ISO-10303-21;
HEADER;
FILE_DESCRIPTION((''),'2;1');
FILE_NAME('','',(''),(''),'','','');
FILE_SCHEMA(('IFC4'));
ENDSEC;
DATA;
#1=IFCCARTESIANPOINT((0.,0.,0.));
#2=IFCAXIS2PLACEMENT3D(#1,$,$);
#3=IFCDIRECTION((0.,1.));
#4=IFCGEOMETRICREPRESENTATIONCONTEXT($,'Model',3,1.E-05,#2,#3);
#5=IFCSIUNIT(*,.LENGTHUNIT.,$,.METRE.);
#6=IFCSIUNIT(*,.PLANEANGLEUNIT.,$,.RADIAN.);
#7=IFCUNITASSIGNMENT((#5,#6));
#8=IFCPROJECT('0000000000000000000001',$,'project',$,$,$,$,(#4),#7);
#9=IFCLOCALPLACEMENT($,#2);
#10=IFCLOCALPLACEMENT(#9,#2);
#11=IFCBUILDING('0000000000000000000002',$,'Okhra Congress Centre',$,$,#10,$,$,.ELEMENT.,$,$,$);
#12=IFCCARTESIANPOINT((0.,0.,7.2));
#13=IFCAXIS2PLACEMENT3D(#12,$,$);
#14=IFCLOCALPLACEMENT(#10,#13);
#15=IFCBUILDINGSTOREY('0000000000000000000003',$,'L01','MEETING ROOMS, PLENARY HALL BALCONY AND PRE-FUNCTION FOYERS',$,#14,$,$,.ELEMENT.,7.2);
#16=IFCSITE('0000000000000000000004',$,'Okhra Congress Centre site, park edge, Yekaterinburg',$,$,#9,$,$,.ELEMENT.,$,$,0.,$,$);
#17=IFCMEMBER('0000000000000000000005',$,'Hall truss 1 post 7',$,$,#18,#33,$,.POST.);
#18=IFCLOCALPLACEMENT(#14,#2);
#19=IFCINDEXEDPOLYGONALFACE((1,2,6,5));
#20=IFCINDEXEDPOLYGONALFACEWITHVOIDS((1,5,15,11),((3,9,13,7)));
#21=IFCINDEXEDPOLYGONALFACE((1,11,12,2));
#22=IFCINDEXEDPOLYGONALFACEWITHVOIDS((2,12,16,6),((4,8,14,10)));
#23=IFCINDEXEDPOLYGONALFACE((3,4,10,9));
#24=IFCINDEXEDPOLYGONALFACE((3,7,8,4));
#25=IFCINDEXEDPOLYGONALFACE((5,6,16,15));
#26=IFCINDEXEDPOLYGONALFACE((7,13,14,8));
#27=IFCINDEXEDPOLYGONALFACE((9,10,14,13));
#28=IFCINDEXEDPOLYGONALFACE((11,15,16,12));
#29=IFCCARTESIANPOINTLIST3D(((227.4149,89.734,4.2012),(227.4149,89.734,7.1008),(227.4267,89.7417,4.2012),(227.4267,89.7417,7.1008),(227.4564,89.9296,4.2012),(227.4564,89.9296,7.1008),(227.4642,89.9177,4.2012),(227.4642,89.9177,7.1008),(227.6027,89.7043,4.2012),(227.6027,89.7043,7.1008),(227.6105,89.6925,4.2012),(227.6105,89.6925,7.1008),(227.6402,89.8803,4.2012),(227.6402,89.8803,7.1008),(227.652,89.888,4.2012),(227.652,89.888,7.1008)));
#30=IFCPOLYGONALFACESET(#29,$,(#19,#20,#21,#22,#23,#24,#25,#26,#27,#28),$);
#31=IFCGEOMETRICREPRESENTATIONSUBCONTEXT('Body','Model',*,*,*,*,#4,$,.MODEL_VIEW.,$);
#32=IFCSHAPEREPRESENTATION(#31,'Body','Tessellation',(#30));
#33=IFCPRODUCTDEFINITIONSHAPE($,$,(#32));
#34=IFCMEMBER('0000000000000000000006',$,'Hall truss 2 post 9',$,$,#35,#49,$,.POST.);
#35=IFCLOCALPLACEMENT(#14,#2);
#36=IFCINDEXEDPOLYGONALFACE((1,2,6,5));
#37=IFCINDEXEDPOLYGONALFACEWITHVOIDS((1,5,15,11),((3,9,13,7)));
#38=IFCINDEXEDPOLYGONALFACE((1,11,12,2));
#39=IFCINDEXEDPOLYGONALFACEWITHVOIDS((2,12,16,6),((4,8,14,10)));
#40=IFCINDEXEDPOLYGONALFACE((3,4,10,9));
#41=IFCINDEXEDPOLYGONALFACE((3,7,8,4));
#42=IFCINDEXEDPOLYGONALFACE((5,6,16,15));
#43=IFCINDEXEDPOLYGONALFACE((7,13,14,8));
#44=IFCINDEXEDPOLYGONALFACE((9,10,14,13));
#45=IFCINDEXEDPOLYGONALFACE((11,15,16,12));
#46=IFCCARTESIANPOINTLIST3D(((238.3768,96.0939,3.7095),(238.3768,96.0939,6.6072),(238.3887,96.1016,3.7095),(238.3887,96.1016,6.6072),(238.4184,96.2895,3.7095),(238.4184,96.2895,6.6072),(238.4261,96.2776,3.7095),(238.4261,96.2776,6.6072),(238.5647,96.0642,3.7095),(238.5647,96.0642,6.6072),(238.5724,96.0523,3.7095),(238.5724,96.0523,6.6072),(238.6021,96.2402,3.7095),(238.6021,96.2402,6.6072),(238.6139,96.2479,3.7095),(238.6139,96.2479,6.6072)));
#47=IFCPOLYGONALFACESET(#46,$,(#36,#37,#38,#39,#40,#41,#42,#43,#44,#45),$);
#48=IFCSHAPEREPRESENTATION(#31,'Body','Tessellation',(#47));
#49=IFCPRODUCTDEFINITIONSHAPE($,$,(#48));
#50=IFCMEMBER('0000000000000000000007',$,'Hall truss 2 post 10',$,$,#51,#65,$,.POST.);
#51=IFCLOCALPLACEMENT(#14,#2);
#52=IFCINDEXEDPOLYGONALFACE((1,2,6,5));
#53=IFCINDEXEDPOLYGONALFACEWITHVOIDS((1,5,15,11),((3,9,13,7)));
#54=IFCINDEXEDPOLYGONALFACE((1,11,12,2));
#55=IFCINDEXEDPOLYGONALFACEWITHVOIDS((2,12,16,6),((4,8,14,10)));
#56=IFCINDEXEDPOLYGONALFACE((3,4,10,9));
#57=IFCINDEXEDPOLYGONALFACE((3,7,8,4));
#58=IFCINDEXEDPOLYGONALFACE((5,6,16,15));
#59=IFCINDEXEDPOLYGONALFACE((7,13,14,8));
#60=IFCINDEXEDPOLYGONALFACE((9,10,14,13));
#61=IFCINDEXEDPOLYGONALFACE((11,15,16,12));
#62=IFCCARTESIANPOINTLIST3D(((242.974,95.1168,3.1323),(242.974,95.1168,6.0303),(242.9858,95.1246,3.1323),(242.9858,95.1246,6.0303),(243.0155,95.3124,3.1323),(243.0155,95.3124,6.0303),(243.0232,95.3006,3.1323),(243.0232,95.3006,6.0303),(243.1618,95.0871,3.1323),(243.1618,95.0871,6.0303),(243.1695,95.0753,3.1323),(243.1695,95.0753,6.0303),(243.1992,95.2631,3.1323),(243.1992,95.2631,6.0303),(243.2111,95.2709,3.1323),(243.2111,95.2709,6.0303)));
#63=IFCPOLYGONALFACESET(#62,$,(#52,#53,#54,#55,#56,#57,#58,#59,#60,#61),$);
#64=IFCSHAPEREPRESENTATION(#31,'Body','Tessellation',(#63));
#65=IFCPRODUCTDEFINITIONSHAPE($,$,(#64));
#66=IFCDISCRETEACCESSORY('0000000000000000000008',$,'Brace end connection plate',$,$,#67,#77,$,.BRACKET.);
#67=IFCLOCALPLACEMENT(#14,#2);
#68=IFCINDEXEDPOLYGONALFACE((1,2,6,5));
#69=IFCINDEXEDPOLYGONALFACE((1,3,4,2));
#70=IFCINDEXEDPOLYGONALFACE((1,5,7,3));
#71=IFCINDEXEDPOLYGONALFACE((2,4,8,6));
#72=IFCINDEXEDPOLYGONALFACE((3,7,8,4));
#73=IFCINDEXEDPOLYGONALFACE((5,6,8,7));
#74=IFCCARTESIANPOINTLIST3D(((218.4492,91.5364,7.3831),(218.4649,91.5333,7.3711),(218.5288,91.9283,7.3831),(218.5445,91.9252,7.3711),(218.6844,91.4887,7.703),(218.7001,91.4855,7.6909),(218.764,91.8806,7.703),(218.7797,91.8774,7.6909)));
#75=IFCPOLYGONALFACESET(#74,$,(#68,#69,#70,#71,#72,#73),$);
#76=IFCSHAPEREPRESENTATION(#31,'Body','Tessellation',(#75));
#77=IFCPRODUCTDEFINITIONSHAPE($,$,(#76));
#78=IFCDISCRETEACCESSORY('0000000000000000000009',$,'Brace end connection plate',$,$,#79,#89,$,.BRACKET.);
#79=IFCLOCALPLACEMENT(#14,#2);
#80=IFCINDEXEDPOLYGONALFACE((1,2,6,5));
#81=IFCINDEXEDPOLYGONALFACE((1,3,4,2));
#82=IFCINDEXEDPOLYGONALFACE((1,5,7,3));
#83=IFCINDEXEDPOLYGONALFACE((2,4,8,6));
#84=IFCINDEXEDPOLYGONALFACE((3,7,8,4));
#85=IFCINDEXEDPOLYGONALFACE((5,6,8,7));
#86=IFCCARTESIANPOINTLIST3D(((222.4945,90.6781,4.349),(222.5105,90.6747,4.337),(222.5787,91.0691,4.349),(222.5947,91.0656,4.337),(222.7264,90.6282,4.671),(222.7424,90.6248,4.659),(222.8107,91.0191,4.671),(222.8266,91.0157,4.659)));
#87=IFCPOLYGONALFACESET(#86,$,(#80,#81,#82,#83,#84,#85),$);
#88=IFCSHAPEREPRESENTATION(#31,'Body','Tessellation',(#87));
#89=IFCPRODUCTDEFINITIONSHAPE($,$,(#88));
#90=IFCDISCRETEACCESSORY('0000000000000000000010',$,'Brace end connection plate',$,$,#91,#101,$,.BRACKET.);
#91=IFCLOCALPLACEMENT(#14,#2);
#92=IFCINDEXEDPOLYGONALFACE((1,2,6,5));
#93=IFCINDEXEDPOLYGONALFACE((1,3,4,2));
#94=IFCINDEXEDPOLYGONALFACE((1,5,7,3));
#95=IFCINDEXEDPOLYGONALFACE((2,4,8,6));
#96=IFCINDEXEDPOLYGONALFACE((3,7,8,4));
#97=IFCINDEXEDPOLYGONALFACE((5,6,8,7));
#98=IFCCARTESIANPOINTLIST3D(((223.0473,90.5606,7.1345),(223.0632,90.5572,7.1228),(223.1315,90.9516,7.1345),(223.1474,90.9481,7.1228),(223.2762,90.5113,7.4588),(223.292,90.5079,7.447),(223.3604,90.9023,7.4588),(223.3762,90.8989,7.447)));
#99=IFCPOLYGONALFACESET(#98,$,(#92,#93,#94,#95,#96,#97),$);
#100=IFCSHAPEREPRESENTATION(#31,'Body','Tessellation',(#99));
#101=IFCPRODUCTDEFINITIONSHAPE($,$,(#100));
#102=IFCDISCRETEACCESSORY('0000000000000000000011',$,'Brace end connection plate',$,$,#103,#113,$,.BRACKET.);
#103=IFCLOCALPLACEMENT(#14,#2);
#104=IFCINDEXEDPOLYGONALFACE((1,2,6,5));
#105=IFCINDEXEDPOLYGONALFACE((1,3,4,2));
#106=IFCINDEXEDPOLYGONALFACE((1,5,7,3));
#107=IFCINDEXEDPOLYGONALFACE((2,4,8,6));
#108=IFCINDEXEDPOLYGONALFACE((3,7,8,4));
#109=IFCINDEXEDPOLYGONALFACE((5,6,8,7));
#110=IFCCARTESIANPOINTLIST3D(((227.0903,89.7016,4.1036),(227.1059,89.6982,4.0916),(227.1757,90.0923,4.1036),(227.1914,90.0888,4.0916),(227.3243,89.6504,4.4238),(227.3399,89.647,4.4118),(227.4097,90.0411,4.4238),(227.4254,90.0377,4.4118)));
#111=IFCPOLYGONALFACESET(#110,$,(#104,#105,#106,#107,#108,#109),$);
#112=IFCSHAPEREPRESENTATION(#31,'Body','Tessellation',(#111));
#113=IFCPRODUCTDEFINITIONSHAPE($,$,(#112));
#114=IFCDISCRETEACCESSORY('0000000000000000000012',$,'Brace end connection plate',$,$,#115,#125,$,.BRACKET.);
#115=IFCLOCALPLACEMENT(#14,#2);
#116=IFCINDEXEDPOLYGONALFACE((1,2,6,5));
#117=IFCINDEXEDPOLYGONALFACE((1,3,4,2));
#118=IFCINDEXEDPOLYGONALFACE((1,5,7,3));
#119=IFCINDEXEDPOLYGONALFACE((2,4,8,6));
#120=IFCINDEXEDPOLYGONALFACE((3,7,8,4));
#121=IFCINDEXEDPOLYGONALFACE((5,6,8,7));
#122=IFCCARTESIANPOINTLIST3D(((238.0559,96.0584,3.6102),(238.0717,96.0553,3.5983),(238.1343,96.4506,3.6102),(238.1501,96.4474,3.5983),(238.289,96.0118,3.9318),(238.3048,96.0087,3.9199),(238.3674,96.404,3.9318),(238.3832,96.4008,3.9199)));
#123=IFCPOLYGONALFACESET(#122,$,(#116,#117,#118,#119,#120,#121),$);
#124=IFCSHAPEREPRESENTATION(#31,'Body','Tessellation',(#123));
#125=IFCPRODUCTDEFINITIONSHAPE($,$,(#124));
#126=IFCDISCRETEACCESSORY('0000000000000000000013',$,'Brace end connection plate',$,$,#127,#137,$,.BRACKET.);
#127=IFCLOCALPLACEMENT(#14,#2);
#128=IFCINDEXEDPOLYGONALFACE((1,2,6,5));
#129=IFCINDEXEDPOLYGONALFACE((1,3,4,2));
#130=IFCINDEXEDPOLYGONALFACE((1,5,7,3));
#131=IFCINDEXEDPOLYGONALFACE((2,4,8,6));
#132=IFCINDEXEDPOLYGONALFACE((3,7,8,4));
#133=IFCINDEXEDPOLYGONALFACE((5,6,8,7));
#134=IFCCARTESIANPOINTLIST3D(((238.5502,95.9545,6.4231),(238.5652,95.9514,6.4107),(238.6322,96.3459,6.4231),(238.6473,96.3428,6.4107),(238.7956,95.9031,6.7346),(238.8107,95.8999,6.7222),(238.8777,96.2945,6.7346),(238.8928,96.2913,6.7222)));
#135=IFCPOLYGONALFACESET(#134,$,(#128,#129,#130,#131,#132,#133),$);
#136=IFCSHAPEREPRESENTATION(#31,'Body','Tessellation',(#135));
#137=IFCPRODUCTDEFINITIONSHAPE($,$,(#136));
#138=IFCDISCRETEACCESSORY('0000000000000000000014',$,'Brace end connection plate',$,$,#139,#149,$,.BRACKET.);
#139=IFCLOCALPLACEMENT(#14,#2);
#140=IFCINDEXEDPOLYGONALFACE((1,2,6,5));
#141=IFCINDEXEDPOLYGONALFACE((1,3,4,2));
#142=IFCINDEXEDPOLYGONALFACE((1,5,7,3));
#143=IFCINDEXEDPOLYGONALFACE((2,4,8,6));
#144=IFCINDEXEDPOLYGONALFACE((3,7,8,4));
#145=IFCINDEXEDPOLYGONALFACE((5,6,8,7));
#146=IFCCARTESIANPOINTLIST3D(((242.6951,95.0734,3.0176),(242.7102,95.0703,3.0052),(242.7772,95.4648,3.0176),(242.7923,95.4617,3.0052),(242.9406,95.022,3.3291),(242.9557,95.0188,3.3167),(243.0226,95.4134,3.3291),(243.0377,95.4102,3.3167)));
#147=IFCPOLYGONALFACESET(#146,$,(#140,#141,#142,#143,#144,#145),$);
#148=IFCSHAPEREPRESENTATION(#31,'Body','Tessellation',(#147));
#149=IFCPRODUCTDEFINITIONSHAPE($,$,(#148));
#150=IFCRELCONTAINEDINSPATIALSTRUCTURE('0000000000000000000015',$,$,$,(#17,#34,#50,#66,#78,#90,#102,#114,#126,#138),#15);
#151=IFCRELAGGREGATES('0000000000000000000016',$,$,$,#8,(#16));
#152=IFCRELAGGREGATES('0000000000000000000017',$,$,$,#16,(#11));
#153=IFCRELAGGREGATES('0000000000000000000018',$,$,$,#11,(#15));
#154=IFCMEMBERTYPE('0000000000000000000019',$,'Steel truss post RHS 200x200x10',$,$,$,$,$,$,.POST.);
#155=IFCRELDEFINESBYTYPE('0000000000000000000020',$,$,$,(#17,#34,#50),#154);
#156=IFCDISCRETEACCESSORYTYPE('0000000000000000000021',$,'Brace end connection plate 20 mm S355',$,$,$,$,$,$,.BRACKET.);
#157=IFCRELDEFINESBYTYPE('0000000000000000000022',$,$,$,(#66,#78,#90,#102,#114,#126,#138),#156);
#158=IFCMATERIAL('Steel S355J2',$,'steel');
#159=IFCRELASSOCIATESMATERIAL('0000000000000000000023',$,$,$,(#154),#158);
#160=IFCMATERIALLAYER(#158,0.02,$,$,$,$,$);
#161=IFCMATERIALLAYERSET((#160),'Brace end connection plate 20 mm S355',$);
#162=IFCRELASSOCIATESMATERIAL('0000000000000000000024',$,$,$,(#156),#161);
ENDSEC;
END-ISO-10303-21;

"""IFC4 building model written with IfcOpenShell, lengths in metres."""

from ifc_helpers import new_model, si_unit, direction, frame, origin, origin_2d, place, context, subcontext, project, spatial, rectangle, hollow_rectangle, extrude, material, layer, layer_set, material_profile, profile_set, type_object, element, save


model = new_model("IFC4")

# Units and contexts
model_context = context("Model", 3, precision=1e-05, world=origin(), true_north=direction((0.0, 1.0)))
body_context = subcontext(model_context, "Body", "Model", "MODEL_VIEW")
ifc_project = project(units=[si_unit("LENGTHUNIT", "METRE"), si_unit("PLANEANGLEUNIT", "RADIAN")], contexts=[model_context])

# Site, building, storey
site_placement = place(None, origin())
site = spatial("IfcSite", under=ifc_project, at=site_placement, Name="Okhra Congress Centre site, park edge, Yekaterinburg", CompositionType="ELEMENT", RefElevation=0.0)
building_placement = place(site_placement, origin())
building = spatial("IfcBuilding", under=site, at=building_placement, Name="Okhra Congress Centre", CompositionType="ELEMENT")
storey_placement = place(building_placement, frame((0.0, 0.0, 7.2)))
storey = spatial("IfcBuildingStorey", under=building, at=storey_placement, Name="L01", Description="MEETING ROOMS, PLENARY HALL BALCONY AND PRE-FUNCTION FOYERS", CompositionType="ELEMENT", Elevation=7.2)

# Members
ifc_material = material(Name="Steel S355J2", Category="steel")
ifc_material_profile_1 = material_profile(ifc_material, hollow_rectangle(XDim=0.2, YDim=0.2, WallThickness=0.01, at=origin_2d()), Name="RHS 200x200x10")
ifc_profile_set_1 = profile_set([ifc_material_profile_1], Name="Steel S355J2")
member_type_1 = type_object("IfcMemberType", Name="Steel truss post RHS 200x200x10", PredefinedType="POST", material=ifc_profile_set_1)
for number, where, z_axis, x_axis, name in (
    (1, (227.5334, 89.811, 4.2012), (0.0, 0.0, 1.0), (0.978148, -0.207912, 0.0), "Hall truss 1 post 7"),
):
    element("IfcMember", number, at=place(storey_placement, frame(where, z_axis=z_axis, x_axis=x_axis)), inside=storey, type_object=member_type_1, Name=name, PredefinedType="POST", context=body_context, shape_type="SweptSolid", body=[
        extrude(hollow_rectangle(XDim=0.2, YDim=0.2, WallThickness=0.01, at=origin_2d()), origin(), (0.0, 0.0, 1.0), 2.8997),
    ])
member_1_placement = place(storey_placement, frame((238.4954, 96.1709, 3.7095), z_axis=(0.0, 0.0, 1.0), x_axis=(0.978148, -0.207912, 0.0)))
element("IfcMember", 2, at=member_1_placement, inside=storey, type_object=member_type_1, Name="Hall truss 2 post 9", PredefinedType="POST", context=body_context, shape_type="SweptSolid", body=[
    extrude(hollow_rectangle(XDim=0.2, YDim=0.2, WallThickness=0.01, at=origin_2d()), origin(), (0.0, 0.0, 1.0), 2.8977),
])
member_2_placement = place(storey_placement, frame((243.0925, 95.1938, 3.1323), z_axis=(0.0, 0.0, 1.0), x_axis=(0.978148, -0.207912, 0.0)))
element("IfcMember", 3, at=member_2_placement, inside=storey, type_object=member_type_1, Name="Hall truss 2 post 10", PredefinedType="POST", context=body_context, shape_type="SweptSolid", body=[
    extrude(hollow_rectangle(XDim=0.2, YDim=0.2, WallThickness=0.01, at=origin_2d()), origin(), (0.0, 0.0, 1.0), 2.8979),
])

# Discrete accessories
ifc_layer = layer(ifc_material, 0.02)
ifc_layer_set = layer_set([ifc_layer], Name="Brace end connection plate 20 mm S355")
discrete_accessory_type = type_object("IfcDiscreteAccessoryType", Name="Brace end connection plate 20 mm S355", PredefinedType="BRACKET", material=ifc_layer_set)
discrete_accessory_1_placement = place(storey_placement, frame((218.6223, 91.7053, 7.531), z_axis=(-0.783876, 0.159225, 0.600155), x_axis=(-0.19906, -0.979987, 0.0)))
element("IfcDiscreteAccessory", 4, at=discrete_accessory_1_placement, inside=storey, type_object=discrete_accessory_type, Name="Brace end connection plate", PredefinedType="BRACKET", context=body_context, shape_type="SweptSolid", body=[
    extrude(rectangle(XDim=0.3999, YDim=0.3999, at=origin_2d()), origin(), (0.0, 0.0, 1.0), 0.02),
])
discrete_accessory_2_placement = place(storey_placement, frame((222.6526, 90.8486, 4.51), z_axis=(0.786969, -0.169501, -0.593253), x_axis=(0.210556, 0.977582, 0.0)))
element("IfcDiscreteAccessory", 5, at=discrete_accessory_2_placement, inside=storey, type_object=discrete_accessory_type, Name="Brace end connection plate", PredefinedType="BRACKET", context=body_context, shape_type="SweptSolid", body=[
    extrude(rectangle(XDim=0.3999, YDim=0.3999, at=origin_2d()), origin(), (0.0, 0.0, 1.0), 0.0203),
])
for number, where, z_axis, x_axis, name in (
    (6, (223.2197, 90.728, 7.2849), (-0.792624, 0.170719, 0.585322), (-0.210556, -0.977582, 0.0), "Brace end connection plate"),
    (7, (227.25, 89.8713, 4.2637), (0.782293, -0.171127, -0.598943), (0.213697, 0.9769, 0.0), "Brace end connection plate"),
    (8, (238.2117, 96.2312, 3.771), (0.788531, -0.157706, -0.594431), (0.196116, 0.980581, 0.0), "Brace end connection plate"),
):
    element("IfcDiscreteAccessory", number, at=place(storey_placement, frame(where, z_axis=z_axis, x_axis=x_axis)), inside=storey, type_object=discrete_accessory_type, Name=name, PredefinedType="BRACKET", context=body_context, shape_type="SweptSolid", body=[
        extrude(rectangle(XDim=0.3999, YDim=0.3999, at=origin_2d()), origin(), (0.0, 0.0, 1.0), 0.02),
    ])
for number, where, z_axis, x_axis, name in (
    (9, (238.729, 96.1213, 6.5664), (-0.762359, 0.159849, 0.627102), (-0.205215, -0.978717, 0.0), "Brace end connection plate"),
    (10, (242.8589, 95.2434, 3.1733), (0.762359, -0.159849, -0.627102), (0.205215, 0.978717, 0.0), "Brace end connection plate"),
):
    element("IfcDiscreteAccessory", number, at=place(storey_placement, frame(where, z_axis=z_axis, x_axis=x_axis)), inside=storey, type_object=discrete_accessory_type, Name=name, PredefinedType="BRACKET", context=body_context, shape_type="SweptSolid", body=[
        extrude(rectangle(XDim=0.3999, YDim=0.3999, at=origin_2d()), origin(), (0.0, 0.0, 1.0), 0.0198),
    ])

save(model, "model.ifc")
